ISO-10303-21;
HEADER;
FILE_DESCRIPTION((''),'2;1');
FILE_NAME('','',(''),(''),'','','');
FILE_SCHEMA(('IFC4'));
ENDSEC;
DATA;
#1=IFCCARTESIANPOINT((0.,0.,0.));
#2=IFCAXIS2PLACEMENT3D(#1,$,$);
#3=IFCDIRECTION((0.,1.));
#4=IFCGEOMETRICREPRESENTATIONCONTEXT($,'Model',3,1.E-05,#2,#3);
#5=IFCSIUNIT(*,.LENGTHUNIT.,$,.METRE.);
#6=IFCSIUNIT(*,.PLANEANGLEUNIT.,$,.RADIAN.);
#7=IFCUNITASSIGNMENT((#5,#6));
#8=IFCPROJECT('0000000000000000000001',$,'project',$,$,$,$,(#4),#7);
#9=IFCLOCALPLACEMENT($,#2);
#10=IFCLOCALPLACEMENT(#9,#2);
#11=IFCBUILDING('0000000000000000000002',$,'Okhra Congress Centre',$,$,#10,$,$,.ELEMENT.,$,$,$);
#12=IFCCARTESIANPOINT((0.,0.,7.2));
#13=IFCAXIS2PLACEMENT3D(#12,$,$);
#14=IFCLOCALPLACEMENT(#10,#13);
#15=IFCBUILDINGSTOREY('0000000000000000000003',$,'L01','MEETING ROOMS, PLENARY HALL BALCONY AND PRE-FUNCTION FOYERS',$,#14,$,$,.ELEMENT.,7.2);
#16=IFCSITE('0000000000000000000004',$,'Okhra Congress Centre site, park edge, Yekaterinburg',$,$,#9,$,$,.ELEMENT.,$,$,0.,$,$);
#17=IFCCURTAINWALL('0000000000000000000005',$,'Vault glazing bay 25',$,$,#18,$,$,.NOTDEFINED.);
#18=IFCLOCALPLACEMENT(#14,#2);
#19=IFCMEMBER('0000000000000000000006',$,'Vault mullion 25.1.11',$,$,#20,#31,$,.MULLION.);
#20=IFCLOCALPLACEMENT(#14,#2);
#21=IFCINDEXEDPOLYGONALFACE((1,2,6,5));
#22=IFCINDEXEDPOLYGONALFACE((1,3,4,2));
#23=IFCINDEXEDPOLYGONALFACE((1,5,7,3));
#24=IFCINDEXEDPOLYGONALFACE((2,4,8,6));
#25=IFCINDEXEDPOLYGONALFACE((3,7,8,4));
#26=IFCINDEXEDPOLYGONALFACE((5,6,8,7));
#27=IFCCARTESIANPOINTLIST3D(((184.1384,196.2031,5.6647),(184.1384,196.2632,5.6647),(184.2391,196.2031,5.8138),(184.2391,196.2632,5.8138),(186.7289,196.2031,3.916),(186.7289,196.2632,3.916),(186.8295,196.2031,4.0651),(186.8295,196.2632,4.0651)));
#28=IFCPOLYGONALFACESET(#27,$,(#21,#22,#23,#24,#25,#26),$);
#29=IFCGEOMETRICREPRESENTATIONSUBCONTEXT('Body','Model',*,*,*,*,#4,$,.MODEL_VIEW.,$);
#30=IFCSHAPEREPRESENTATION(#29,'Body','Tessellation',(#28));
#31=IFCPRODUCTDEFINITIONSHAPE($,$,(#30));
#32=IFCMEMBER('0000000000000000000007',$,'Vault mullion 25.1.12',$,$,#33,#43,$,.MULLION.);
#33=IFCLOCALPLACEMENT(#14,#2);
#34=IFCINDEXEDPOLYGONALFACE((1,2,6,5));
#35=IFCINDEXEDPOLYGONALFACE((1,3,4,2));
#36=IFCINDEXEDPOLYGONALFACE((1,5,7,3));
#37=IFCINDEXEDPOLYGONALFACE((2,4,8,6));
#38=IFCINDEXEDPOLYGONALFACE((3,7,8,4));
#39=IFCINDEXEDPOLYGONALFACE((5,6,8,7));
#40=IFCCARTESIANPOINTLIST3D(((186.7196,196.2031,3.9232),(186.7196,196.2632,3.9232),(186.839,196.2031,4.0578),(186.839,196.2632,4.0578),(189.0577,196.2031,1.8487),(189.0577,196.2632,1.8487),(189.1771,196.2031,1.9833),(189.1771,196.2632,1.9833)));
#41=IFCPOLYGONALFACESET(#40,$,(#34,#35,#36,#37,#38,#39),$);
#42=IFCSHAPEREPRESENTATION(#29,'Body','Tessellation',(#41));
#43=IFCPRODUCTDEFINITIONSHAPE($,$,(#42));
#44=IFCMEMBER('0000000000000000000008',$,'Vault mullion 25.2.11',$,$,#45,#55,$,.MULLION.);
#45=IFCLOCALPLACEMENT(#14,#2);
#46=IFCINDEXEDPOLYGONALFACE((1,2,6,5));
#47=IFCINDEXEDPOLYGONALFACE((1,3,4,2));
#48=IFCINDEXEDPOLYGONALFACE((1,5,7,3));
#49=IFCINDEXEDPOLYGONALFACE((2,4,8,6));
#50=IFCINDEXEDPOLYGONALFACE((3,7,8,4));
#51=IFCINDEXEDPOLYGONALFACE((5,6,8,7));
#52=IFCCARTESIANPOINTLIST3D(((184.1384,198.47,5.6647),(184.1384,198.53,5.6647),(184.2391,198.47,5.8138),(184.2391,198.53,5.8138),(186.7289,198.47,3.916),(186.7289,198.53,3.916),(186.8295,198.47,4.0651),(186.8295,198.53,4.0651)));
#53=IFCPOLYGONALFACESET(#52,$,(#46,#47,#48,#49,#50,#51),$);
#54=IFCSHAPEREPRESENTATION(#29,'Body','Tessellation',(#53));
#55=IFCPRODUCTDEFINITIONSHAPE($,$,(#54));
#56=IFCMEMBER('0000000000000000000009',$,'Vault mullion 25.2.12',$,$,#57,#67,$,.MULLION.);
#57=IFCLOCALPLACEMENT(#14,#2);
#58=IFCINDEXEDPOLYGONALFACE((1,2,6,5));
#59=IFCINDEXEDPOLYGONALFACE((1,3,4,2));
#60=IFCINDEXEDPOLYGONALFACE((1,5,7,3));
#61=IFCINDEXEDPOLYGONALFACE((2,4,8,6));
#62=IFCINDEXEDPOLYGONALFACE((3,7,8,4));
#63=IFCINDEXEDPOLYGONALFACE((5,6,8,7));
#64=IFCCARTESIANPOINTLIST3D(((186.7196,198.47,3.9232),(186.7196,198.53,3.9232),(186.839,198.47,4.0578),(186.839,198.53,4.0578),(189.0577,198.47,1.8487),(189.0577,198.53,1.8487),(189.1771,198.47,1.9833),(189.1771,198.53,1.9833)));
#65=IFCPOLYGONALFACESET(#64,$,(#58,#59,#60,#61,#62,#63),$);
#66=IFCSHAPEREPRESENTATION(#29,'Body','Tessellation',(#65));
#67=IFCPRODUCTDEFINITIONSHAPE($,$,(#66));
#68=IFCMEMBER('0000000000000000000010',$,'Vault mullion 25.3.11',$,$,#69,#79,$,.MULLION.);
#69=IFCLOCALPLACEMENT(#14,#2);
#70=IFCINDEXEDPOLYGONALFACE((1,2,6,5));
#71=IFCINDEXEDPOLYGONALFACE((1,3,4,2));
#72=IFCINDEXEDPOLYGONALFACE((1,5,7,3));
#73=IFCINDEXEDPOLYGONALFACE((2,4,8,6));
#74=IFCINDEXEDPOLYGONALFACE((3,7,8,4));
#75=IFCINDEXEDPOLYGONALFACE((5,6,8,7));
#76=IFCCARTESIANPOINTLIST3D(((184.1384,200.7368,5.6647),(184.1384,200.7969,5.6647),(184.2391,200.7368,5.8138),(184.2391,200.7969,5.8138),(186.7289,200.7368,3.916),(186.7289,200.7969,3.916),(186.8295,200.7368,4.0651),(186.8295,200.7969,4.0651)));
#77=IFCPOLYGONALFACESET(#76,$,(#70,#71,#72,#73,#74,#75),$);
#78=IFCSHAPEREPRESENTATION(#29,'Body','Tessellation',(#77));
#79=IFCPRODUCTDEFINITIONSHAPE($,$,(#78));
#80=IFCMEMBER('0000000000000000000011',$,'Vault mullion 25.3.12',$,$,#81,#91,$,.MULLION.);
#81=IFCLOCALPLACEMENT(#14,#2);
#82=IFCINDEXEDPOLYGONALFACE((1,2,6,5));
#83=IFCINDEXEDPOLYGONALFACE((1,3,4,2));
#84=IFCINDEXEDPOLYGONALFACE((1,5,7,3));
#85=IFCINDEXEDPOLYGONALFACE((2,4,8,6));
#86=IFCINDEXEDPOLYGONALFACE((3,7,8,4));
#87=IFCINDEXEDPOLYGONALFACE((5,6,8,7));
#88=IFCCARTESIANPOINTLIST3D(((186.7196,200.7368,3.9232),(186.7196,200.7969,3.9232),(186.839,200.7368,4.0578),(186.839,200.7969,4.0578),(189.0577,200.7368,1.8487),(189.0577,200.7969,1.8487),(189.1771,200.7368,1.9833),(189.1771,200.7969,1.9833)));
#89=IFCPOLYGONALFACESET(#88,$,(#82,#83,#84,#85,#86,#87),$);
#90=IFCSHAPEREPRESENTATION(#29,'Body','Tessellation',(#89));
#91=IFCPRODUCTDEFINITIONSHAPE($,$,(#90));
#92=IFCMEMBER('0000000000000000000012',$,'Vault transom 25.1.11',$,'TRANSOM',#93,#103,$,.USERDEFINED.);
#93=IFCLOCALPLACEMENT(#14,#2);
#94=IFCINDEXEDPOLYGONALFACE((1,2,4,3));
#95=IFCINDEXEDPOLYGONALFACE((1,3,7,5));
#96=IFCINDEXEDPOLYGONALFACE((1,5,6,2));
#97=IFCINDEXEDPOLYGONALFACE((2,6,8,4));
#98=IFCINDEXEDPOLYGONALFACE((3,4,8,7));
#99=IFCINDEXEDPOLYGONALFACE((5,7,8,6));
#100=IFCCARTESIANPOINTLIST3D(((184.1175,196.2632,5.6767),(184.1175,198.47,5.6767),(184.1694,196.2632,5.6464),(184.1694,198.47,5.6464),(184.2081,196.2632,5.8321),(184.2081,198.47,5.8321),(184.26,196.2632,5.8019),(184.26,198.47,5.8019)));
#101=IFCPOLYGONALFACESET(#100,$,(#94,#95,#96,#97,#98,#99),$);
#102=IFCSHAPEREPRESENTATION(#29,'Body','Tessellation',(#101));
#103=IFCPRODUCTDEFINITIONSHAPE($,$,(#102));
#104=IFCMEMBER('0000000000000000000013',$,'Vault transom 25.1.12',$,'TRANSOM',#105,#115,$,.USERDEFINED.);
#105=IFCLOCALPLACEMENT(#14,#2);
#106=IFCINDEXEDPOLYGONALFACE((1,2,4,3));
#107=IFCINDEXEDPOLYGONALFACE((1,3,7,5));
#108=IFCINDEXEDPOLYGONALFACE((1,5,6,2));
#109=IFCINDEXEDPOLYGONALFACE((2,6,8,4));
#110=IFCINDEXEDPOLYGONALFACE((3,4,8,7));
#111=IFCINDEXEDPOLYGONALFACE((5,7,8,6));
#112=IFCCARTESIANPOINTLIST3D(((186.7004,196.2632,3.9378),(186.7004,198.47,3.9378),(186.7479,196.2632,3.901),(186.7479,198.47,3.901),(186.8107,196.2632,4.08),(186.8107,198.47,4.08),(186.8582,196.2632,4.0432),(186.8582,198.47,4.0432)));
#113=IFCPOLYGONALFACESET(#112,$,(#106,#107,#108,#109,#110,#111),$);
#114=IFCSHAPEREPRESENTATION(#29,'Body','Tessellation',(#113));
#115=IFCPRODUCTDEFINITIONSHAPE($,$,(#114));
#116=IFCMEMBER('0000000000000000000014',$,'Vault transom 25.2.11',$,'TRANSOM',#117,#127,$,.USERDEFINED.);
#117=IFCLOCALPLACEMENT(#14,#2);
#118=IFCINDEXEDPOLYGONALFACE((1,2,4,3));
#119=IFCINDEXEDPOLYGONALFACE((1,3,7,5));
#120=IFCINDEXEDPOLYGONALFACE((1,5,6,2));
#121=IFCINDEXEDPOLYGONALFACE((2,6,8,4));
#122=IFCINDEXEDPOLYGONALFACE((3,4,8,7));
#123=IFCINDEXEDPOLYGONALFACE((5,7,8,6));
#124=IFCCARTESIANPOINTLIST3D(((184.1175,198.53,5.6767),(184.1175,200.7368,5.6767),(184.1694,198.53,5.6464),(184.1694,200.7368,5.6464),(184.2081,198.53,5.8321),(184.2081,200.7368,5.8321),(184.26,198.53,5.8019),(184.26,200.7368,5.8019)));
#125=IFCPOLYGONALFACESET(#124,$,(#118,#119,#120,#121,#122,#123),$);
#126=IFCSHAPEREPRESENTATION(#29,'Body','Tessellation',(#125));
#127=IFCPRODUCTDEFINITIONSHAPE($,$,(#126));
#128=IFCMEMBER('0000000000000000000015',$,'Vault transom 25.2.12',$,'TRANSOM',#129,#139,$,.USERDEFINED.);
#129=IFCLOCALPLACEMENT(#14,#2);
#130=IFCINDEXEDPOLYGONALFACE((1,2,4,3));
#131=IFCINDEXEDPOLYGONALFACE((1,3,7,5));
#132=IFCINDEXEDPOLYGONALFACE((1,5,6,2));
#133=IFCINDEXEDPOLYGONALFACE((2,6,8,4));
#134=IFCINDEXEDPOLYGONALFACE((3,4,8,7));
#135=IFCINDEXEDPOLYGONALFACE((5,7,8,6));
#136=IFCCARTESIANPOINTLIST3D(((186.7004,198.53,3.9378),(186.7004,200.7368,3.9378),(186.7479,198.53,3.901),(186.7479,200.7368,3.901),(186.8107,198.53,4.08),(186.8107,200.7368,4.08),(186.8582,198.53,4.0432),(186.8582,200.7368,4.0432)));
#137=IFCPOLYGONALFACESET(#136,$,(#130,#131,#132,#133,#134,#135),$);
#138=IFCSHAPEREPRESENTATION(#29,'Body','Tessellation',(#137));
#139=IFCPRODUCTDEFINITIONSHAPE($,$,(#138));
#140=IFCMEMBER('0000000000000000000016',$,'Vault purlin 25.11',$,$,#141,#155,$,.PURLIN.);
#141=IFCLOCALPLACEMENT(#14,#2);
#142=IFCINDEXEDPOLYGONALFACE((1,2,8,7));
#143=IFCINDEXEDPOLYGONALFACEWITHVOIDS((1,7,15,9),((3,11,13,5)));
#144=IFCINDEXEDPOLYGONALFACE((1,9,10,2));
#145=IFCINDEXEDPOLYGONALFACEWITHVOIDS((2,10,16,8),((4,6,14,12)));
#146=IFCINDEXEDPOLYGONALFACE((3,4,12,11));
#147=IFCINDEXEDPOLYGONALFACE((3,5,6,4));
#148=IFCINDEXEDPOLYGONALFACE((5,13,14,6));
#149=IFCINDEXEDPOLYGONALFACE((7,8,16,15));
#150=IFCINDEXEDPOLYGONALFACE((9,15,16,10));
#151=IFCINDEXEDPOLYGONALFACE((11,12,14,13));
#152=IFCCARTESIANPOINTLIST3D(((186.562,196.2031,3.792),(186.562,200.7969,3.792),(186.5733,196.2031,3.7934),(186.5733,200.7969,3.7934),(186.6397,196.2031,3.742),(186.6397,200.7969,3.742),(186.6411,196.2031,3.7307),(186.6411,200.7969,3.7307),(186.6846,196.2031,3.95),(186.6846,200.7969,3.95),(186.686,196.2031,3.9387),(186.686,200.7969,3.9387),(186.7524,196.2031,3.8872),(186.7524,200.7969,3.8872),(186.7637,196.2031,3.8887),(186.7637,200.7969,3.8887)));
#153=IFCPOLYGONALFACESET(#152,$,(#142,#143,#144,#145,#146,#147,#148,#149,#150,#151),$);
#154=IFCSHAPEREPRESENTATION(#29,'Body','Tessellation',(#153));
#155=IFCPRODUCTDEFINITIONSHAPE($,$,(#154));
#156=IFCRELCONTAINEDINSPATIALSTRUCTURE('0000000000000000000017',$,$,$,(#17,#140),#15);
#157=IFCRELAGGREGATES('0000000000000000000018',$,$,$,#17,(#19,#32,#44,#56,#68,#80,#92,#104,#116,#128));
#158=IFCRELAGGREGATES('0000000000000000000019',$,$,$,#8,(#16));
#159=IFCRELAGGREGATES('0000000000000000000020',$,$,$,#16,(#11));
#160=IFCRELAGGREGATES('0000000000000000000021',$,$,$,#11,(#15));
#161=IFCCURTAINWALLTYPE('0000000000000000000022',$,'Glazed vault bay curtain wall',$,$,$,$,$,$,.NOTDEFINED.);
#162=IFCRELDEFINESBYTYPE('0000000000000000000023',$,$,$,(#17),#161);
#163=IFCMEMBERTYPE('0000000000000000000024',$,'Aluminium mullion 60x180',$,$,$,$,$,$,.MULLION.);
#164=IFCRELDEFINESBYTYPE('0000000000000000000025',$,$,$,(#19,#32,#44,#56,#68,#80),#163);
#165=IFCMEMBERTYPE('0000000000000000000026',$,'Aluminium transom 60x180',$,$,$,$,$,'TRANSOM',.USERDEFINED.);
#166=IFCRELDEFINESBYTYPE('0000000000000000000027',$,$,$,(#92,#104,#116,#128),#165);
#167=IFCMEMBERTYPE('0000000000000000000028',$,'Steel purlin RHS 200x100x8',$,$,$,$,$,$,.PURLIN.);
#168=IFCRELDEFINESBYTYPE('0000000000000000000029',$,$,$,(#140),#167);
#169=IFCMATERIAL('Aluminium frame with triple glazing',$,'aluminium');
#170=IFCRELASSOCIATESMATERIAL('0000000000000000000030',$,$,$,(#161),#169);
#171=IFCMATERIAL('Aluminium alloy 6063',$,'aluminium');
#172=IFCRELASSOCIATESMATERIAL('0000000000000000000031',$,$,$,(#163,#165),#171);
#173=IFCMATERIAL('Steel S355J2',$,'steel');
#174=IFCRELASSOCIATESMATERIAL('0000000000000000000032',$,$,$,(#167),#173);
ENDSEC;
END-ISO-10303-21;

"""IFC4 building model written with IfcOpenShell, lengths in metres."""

from ifc_helpers import new_model, si_unit, direction, frame, origin, origin_2d, place, context, subcontext, project, spatial, rectangle, hollow_rectangle, extrude, material, material_profile, profile_set, type_object, element, aggregate, save


model = new_model("IFC4")

# Units and contexts
model_context = context("Model", 3, precision=1e-05, world=origin(), true_north=direction((0.0, 1.0)))
body_context = subcontext(model_context, "Body", "Model", "MODEL_VIEW")
ifc_project = project(units=[si_unit("LENGTHUNIT", "METRE"), si_unit("PLANEANGLEUNIT", "RADIAN")], contexts=[model_context])

# Site, building, storey
site_placement = place(None, origin())
site = spatial("IfcSite", under=ifc_project, at=site_placement, Name="Okhra Congress Centre site, park edge, Yekaterinburg", CompositionType="ELEMENT", RefElevation=0.0)
building_placement = place(site_placement, origin())
building = spatial("IfcBuilding", under=site, at=building_placement, Name="Okhra Congress Centre", CompositionType="ELEMENT")
storey_placement = place(building_placement, frame((0.0, 0.0, 7.2)))
storey = spatial("IfcBuildingStorey", under=building, at=storey_placement, Name="L01", Description="MEETING ROOMS, PLENARY HALL BALCONY AND PRE-FUNCTION FOYERS", CompositionType="ELEMENT", Elevation=7.2)

# Curtain wall, members
ifc_material_1 = material(Name="Aluminium frame with triple glazing", Category="aluminium")
curtain_wall_type = type_object("IfcCurtainWallType", Name="Glazed vault bay curtain wall", PredefinedType="NOTDEFINED", material=ifc_material_1)
curtain_wall_placement = place(storey_placement, origin())
curtain_wall = element("IfcCurtainWall", 1, at=curtain_wall_placement, inside=storey, type_object=curtain_wall_type, Name="Vault glazing bay 25", PredefinedType="NOTDEFINED")
ifc_material_2 = material(Name="Aluminium alloy 6063", Category="aluminium")
ifc_material_profile_1 = material_profile(ifc_material_2, rectangle(XDim=0.0601, YDim=0.1799, at=origin_2d()), Name="AL 60x180")
ifc_profile_set_1 = profile_set([ifc_material_profile_1], Name="Aluminium alloy 6063")
member_type_1 = type_object("IfcMemberType", Name="Aluminium mullion 60x180", PredefinedType="MULLION", material=ifc_profile_set_1)
member_1_placement = place(storey_placement, frame((184.1887, 196.2332, 5.7393), z_axis=(0.828828, 0.0, -0.559504), x_axis=(0.0, 1.0, 0.0)))
member_1 = element("IfcMember", 2, at=member_1_placement, type_object=member_type_1, Name="Vault mullion 25.1.11", PredefinedType="MULLION", context=body_context, shape_type="SweptSolid", body=[
    extrude(rectangle(XDim=0.0601, YDim=0.1799, at=origin_2d()), origin(), (0.0, 0.0, 1.0), 3.1255),
])
member_2_placement = place(storey_placement, frame((186.7793, 196.2332, 3.9905), z_axis=(0.748025, 0.0, -0.66367), x_axis=(0.0, 1.0, 0.0)))
member_2 = element("IfcMember", 3, at=member_2_placement, type_object=member_type_1, Name="Vault mullion 25.1.12", PredefinedType="MULLION", context=body_context, shape_type="SweptSolid", body=[
    extrude(rectangle(XDim=0.0601, YDim=0.1799, at=origin_2d()), origin(), (0.0, 0.0, 1.0), 3.1257),
])
member_3_placement = place(storey_placement, frame((184.1887, 198.5, 5.7393), z_axis=(0.828828, 0.0, -0.559504), x_axis=(0.0, 1.0, 0.0)))
member_3 = element("IfcMember", 4, at=member_3_placement, type_object=member_type_1, Name="Vault mullion 25.2.11", PredefinedType="MULLION", context=body_context, shape_type="SweptSolid", body=[
    extrude(rectangle(XDim=0.0601, YDim=0.1799, at=origin_2d()), origin(), (0.0, 0.0, 1.0), 3.1255),
])
member_4_placement = place(storey_placement, frame((186.7793, 198.5, 3.9905), z_axis=(0.748025, 0.0, -0.66367), x_axis=(0.0, 1.0, 0.0)))
member_4 = element("IfcMember", 5, at=member_4_placement, type_object=member_type_1, Name="Vault mullion 25.2.12", PredefinedType="MULLION", context=body_context, shape_type="SweptSolid", body=[
    extrude(rectangle(XDim=0.0601, YDim=0.1799, at=origin_2d()), origin(), (0.0, 0.0, 1.0), 3.1257),
])
member_5_placement = place(storey_placement, frame((184.1887, 200.7668, 5.7393), z_axis=(0.828828, 0.0, -0.559504), x_axis=(0.0, 1.0, 0.0)))
member_5 = element("IfcMember", 6, at=member_5_placement, type_object=member_type_1, Name="Vault mullion 25.3.11", PredefinedType="MULLION", context=body_context, shape_type="SweptSolid", body=[
    extrude(rectangle(XDim=0.0601, YDim=0.1799, at=origin_2d()), origin(), (0.0, 0.0, 1.0), 3.1255),
])
member_6_placement = place(storey_placement, frame((186.7793, 200.7668, 3.9905), z_axis=(0.748025, 0.0, -0.66367), x_axis=(0.0, 1.0, 0.0)))
member_6 = element("IfcMember", 7, at=member_6_placement, type_object=member_type_1, Name="Vault mullion 25.3.12", PredefinedType="MULLION", context=body_context, shape_type="SweptSolid", body=[
    extrude(rectangle(XDim=0.0601, YDim=0.1799, at=origin_2d()), origin(), (0.0, 0.0, 1.0), 3.1257),
])
ifc_material_profile_2 = material_profile(ifc_material_2, rectangle(XDim=0.0601, YDim=0.1799, at=origin_2d()), Name="AL 60x180 transom")
ifc_profile_set_2 = profile_set([ifc_material_profile_2], Name="Aluminium alloy 6063")
member_type_2 = type_object("IfcMemberType", Name="Aluminium transom 60x180", ElementType="TRANSOM", PredefinedType="USERDEFINED", material=ifc_profile_set_2)
member_7_placement = place(storey_placement, frame((184.1887, 196.2632, 5.7393), z_axis=(0.0, 1.0, 0.0), x_axis=(-0.863917, 0.0, 0.503634)))
member_7 = element("IfcMember", 8, at=member_7_placement, type_object=member_type_2, Name="Vault transom 25.1.11", ObjectType="TRANSOM", PredefinedType="USERDEFINED", context=body_context, shape_type="SweptSolid", body=[
    extrude(rectangle(XDim=0.0601, YDim=0.1799, at=origin_2d()), origin(), (0.0, 0.0, 1.0), 2.2068),
])
member_8_placement = place(storey_placement, frame((186.7793, 196.2632, 3.9905), z_axis=(0.0, 1.0, 0.0), x_axis=(-0.790145, 0.0, 0.61292)))
member_8 = element("IfcMember", 9, at=member_8_placement, type_object=member_type_2, Name="Vault transom 25.1.12", ObjectType="TRANSOM", PredefinedType="USERDEFINED", context=body_context, shape_type="SweptSolid", body=[
    extrude(rectangle(XDim=0.0601, YDim=0.1799, at=origin_2d()), origin(), (0.0, 0.0, 1.0), 2.2068),
])
member_9_placement = place(storey_placement, frame((184.1887, 198.53, 5.7393), z_axis=(0.0, 1.0, 0.0), x_axis=(-0.863917, 0.0, 0.503634)))
member_9 = element("IfcMember", 10, at=member_9_placement, type_object=member_type_2, Name="Vault transom 25.2.11", ObjectType="TRANSOM", PredefinedType="USERDEFINED", context=body_context, shape_type="SweptSolid", body=[
    extrude(rectangle(XDim=0.0601, YDim=0.1799, at=origin_2d()), origin(), (0.0, 0.0, 1.0), 2.2068),
])
member_10_placement = place(storey_placement, frame((186.7793, 198.53, 3.9905), z_axis=(0.0, 1.0, 0.0), x_axis=(-0.790145, 0.0, 0.61292)))
member_10 = element("IfcMember", 11, at=member_10_placement, type_object=member_type_2, Name="Vault transom 25.2.12", ObjectType="TRANSOM", PredefinedType="USERDEFINED", context=body_context, shape_type="SweptSolid", body=[
    extrude(rectangle(XDim=0.0601, YDim=0.1799, at=origin_2d()), origin(), (0.0, 0.0, 1.0), 2.2068),
])

# Member
ifc_material_3 = material(Name="Steel S355J2", Category="steel")
ifc_material_profile_3 = material_profile(ifc_material_3, hollow_rectangle(XDim=0.1001, YDim=0.2, WallThickness=0.0081, at=origin_2d()), Name="RHS 200x100x8")
ifc_profile_set_3 = profile_set([ifc_material_profile_3], Name="Steel S355J2")
member_type_3 = type_object("IfcMemberType", Name="Steel purlin RHS 200x100x8", PredefinedType="PURLIN", material=ifc_profile_set_3)
member_11_placement = place(storey_placement, frame((186.6628, 196.2031, 3.8403), z_axis=(0.0, 1.0, 0.0), x_axis=(-0.790145, 0.0, 0.61292)))
element("IfcMember", 12, at=member_11_placement, inside=storey, type_object=member_type_3, Name="Vault purlin 25.11", PredefinedType="PURLIN", context=body_context, shape_type="SweptSolid", body=[
    extrude(hollow_rectangle(XDim=0.1001, YDim=0.2, WallThickness=0.0081, at=origin_2d()), origin(), (0.0, 0.0, 1.0), 4.5938),
])

aggregate(curtain_wall, [member_1, member_2, member_3, member_4, member_5, member_6, member_7, member_8, member_9, member_10])

save(model, "model.ifc")
